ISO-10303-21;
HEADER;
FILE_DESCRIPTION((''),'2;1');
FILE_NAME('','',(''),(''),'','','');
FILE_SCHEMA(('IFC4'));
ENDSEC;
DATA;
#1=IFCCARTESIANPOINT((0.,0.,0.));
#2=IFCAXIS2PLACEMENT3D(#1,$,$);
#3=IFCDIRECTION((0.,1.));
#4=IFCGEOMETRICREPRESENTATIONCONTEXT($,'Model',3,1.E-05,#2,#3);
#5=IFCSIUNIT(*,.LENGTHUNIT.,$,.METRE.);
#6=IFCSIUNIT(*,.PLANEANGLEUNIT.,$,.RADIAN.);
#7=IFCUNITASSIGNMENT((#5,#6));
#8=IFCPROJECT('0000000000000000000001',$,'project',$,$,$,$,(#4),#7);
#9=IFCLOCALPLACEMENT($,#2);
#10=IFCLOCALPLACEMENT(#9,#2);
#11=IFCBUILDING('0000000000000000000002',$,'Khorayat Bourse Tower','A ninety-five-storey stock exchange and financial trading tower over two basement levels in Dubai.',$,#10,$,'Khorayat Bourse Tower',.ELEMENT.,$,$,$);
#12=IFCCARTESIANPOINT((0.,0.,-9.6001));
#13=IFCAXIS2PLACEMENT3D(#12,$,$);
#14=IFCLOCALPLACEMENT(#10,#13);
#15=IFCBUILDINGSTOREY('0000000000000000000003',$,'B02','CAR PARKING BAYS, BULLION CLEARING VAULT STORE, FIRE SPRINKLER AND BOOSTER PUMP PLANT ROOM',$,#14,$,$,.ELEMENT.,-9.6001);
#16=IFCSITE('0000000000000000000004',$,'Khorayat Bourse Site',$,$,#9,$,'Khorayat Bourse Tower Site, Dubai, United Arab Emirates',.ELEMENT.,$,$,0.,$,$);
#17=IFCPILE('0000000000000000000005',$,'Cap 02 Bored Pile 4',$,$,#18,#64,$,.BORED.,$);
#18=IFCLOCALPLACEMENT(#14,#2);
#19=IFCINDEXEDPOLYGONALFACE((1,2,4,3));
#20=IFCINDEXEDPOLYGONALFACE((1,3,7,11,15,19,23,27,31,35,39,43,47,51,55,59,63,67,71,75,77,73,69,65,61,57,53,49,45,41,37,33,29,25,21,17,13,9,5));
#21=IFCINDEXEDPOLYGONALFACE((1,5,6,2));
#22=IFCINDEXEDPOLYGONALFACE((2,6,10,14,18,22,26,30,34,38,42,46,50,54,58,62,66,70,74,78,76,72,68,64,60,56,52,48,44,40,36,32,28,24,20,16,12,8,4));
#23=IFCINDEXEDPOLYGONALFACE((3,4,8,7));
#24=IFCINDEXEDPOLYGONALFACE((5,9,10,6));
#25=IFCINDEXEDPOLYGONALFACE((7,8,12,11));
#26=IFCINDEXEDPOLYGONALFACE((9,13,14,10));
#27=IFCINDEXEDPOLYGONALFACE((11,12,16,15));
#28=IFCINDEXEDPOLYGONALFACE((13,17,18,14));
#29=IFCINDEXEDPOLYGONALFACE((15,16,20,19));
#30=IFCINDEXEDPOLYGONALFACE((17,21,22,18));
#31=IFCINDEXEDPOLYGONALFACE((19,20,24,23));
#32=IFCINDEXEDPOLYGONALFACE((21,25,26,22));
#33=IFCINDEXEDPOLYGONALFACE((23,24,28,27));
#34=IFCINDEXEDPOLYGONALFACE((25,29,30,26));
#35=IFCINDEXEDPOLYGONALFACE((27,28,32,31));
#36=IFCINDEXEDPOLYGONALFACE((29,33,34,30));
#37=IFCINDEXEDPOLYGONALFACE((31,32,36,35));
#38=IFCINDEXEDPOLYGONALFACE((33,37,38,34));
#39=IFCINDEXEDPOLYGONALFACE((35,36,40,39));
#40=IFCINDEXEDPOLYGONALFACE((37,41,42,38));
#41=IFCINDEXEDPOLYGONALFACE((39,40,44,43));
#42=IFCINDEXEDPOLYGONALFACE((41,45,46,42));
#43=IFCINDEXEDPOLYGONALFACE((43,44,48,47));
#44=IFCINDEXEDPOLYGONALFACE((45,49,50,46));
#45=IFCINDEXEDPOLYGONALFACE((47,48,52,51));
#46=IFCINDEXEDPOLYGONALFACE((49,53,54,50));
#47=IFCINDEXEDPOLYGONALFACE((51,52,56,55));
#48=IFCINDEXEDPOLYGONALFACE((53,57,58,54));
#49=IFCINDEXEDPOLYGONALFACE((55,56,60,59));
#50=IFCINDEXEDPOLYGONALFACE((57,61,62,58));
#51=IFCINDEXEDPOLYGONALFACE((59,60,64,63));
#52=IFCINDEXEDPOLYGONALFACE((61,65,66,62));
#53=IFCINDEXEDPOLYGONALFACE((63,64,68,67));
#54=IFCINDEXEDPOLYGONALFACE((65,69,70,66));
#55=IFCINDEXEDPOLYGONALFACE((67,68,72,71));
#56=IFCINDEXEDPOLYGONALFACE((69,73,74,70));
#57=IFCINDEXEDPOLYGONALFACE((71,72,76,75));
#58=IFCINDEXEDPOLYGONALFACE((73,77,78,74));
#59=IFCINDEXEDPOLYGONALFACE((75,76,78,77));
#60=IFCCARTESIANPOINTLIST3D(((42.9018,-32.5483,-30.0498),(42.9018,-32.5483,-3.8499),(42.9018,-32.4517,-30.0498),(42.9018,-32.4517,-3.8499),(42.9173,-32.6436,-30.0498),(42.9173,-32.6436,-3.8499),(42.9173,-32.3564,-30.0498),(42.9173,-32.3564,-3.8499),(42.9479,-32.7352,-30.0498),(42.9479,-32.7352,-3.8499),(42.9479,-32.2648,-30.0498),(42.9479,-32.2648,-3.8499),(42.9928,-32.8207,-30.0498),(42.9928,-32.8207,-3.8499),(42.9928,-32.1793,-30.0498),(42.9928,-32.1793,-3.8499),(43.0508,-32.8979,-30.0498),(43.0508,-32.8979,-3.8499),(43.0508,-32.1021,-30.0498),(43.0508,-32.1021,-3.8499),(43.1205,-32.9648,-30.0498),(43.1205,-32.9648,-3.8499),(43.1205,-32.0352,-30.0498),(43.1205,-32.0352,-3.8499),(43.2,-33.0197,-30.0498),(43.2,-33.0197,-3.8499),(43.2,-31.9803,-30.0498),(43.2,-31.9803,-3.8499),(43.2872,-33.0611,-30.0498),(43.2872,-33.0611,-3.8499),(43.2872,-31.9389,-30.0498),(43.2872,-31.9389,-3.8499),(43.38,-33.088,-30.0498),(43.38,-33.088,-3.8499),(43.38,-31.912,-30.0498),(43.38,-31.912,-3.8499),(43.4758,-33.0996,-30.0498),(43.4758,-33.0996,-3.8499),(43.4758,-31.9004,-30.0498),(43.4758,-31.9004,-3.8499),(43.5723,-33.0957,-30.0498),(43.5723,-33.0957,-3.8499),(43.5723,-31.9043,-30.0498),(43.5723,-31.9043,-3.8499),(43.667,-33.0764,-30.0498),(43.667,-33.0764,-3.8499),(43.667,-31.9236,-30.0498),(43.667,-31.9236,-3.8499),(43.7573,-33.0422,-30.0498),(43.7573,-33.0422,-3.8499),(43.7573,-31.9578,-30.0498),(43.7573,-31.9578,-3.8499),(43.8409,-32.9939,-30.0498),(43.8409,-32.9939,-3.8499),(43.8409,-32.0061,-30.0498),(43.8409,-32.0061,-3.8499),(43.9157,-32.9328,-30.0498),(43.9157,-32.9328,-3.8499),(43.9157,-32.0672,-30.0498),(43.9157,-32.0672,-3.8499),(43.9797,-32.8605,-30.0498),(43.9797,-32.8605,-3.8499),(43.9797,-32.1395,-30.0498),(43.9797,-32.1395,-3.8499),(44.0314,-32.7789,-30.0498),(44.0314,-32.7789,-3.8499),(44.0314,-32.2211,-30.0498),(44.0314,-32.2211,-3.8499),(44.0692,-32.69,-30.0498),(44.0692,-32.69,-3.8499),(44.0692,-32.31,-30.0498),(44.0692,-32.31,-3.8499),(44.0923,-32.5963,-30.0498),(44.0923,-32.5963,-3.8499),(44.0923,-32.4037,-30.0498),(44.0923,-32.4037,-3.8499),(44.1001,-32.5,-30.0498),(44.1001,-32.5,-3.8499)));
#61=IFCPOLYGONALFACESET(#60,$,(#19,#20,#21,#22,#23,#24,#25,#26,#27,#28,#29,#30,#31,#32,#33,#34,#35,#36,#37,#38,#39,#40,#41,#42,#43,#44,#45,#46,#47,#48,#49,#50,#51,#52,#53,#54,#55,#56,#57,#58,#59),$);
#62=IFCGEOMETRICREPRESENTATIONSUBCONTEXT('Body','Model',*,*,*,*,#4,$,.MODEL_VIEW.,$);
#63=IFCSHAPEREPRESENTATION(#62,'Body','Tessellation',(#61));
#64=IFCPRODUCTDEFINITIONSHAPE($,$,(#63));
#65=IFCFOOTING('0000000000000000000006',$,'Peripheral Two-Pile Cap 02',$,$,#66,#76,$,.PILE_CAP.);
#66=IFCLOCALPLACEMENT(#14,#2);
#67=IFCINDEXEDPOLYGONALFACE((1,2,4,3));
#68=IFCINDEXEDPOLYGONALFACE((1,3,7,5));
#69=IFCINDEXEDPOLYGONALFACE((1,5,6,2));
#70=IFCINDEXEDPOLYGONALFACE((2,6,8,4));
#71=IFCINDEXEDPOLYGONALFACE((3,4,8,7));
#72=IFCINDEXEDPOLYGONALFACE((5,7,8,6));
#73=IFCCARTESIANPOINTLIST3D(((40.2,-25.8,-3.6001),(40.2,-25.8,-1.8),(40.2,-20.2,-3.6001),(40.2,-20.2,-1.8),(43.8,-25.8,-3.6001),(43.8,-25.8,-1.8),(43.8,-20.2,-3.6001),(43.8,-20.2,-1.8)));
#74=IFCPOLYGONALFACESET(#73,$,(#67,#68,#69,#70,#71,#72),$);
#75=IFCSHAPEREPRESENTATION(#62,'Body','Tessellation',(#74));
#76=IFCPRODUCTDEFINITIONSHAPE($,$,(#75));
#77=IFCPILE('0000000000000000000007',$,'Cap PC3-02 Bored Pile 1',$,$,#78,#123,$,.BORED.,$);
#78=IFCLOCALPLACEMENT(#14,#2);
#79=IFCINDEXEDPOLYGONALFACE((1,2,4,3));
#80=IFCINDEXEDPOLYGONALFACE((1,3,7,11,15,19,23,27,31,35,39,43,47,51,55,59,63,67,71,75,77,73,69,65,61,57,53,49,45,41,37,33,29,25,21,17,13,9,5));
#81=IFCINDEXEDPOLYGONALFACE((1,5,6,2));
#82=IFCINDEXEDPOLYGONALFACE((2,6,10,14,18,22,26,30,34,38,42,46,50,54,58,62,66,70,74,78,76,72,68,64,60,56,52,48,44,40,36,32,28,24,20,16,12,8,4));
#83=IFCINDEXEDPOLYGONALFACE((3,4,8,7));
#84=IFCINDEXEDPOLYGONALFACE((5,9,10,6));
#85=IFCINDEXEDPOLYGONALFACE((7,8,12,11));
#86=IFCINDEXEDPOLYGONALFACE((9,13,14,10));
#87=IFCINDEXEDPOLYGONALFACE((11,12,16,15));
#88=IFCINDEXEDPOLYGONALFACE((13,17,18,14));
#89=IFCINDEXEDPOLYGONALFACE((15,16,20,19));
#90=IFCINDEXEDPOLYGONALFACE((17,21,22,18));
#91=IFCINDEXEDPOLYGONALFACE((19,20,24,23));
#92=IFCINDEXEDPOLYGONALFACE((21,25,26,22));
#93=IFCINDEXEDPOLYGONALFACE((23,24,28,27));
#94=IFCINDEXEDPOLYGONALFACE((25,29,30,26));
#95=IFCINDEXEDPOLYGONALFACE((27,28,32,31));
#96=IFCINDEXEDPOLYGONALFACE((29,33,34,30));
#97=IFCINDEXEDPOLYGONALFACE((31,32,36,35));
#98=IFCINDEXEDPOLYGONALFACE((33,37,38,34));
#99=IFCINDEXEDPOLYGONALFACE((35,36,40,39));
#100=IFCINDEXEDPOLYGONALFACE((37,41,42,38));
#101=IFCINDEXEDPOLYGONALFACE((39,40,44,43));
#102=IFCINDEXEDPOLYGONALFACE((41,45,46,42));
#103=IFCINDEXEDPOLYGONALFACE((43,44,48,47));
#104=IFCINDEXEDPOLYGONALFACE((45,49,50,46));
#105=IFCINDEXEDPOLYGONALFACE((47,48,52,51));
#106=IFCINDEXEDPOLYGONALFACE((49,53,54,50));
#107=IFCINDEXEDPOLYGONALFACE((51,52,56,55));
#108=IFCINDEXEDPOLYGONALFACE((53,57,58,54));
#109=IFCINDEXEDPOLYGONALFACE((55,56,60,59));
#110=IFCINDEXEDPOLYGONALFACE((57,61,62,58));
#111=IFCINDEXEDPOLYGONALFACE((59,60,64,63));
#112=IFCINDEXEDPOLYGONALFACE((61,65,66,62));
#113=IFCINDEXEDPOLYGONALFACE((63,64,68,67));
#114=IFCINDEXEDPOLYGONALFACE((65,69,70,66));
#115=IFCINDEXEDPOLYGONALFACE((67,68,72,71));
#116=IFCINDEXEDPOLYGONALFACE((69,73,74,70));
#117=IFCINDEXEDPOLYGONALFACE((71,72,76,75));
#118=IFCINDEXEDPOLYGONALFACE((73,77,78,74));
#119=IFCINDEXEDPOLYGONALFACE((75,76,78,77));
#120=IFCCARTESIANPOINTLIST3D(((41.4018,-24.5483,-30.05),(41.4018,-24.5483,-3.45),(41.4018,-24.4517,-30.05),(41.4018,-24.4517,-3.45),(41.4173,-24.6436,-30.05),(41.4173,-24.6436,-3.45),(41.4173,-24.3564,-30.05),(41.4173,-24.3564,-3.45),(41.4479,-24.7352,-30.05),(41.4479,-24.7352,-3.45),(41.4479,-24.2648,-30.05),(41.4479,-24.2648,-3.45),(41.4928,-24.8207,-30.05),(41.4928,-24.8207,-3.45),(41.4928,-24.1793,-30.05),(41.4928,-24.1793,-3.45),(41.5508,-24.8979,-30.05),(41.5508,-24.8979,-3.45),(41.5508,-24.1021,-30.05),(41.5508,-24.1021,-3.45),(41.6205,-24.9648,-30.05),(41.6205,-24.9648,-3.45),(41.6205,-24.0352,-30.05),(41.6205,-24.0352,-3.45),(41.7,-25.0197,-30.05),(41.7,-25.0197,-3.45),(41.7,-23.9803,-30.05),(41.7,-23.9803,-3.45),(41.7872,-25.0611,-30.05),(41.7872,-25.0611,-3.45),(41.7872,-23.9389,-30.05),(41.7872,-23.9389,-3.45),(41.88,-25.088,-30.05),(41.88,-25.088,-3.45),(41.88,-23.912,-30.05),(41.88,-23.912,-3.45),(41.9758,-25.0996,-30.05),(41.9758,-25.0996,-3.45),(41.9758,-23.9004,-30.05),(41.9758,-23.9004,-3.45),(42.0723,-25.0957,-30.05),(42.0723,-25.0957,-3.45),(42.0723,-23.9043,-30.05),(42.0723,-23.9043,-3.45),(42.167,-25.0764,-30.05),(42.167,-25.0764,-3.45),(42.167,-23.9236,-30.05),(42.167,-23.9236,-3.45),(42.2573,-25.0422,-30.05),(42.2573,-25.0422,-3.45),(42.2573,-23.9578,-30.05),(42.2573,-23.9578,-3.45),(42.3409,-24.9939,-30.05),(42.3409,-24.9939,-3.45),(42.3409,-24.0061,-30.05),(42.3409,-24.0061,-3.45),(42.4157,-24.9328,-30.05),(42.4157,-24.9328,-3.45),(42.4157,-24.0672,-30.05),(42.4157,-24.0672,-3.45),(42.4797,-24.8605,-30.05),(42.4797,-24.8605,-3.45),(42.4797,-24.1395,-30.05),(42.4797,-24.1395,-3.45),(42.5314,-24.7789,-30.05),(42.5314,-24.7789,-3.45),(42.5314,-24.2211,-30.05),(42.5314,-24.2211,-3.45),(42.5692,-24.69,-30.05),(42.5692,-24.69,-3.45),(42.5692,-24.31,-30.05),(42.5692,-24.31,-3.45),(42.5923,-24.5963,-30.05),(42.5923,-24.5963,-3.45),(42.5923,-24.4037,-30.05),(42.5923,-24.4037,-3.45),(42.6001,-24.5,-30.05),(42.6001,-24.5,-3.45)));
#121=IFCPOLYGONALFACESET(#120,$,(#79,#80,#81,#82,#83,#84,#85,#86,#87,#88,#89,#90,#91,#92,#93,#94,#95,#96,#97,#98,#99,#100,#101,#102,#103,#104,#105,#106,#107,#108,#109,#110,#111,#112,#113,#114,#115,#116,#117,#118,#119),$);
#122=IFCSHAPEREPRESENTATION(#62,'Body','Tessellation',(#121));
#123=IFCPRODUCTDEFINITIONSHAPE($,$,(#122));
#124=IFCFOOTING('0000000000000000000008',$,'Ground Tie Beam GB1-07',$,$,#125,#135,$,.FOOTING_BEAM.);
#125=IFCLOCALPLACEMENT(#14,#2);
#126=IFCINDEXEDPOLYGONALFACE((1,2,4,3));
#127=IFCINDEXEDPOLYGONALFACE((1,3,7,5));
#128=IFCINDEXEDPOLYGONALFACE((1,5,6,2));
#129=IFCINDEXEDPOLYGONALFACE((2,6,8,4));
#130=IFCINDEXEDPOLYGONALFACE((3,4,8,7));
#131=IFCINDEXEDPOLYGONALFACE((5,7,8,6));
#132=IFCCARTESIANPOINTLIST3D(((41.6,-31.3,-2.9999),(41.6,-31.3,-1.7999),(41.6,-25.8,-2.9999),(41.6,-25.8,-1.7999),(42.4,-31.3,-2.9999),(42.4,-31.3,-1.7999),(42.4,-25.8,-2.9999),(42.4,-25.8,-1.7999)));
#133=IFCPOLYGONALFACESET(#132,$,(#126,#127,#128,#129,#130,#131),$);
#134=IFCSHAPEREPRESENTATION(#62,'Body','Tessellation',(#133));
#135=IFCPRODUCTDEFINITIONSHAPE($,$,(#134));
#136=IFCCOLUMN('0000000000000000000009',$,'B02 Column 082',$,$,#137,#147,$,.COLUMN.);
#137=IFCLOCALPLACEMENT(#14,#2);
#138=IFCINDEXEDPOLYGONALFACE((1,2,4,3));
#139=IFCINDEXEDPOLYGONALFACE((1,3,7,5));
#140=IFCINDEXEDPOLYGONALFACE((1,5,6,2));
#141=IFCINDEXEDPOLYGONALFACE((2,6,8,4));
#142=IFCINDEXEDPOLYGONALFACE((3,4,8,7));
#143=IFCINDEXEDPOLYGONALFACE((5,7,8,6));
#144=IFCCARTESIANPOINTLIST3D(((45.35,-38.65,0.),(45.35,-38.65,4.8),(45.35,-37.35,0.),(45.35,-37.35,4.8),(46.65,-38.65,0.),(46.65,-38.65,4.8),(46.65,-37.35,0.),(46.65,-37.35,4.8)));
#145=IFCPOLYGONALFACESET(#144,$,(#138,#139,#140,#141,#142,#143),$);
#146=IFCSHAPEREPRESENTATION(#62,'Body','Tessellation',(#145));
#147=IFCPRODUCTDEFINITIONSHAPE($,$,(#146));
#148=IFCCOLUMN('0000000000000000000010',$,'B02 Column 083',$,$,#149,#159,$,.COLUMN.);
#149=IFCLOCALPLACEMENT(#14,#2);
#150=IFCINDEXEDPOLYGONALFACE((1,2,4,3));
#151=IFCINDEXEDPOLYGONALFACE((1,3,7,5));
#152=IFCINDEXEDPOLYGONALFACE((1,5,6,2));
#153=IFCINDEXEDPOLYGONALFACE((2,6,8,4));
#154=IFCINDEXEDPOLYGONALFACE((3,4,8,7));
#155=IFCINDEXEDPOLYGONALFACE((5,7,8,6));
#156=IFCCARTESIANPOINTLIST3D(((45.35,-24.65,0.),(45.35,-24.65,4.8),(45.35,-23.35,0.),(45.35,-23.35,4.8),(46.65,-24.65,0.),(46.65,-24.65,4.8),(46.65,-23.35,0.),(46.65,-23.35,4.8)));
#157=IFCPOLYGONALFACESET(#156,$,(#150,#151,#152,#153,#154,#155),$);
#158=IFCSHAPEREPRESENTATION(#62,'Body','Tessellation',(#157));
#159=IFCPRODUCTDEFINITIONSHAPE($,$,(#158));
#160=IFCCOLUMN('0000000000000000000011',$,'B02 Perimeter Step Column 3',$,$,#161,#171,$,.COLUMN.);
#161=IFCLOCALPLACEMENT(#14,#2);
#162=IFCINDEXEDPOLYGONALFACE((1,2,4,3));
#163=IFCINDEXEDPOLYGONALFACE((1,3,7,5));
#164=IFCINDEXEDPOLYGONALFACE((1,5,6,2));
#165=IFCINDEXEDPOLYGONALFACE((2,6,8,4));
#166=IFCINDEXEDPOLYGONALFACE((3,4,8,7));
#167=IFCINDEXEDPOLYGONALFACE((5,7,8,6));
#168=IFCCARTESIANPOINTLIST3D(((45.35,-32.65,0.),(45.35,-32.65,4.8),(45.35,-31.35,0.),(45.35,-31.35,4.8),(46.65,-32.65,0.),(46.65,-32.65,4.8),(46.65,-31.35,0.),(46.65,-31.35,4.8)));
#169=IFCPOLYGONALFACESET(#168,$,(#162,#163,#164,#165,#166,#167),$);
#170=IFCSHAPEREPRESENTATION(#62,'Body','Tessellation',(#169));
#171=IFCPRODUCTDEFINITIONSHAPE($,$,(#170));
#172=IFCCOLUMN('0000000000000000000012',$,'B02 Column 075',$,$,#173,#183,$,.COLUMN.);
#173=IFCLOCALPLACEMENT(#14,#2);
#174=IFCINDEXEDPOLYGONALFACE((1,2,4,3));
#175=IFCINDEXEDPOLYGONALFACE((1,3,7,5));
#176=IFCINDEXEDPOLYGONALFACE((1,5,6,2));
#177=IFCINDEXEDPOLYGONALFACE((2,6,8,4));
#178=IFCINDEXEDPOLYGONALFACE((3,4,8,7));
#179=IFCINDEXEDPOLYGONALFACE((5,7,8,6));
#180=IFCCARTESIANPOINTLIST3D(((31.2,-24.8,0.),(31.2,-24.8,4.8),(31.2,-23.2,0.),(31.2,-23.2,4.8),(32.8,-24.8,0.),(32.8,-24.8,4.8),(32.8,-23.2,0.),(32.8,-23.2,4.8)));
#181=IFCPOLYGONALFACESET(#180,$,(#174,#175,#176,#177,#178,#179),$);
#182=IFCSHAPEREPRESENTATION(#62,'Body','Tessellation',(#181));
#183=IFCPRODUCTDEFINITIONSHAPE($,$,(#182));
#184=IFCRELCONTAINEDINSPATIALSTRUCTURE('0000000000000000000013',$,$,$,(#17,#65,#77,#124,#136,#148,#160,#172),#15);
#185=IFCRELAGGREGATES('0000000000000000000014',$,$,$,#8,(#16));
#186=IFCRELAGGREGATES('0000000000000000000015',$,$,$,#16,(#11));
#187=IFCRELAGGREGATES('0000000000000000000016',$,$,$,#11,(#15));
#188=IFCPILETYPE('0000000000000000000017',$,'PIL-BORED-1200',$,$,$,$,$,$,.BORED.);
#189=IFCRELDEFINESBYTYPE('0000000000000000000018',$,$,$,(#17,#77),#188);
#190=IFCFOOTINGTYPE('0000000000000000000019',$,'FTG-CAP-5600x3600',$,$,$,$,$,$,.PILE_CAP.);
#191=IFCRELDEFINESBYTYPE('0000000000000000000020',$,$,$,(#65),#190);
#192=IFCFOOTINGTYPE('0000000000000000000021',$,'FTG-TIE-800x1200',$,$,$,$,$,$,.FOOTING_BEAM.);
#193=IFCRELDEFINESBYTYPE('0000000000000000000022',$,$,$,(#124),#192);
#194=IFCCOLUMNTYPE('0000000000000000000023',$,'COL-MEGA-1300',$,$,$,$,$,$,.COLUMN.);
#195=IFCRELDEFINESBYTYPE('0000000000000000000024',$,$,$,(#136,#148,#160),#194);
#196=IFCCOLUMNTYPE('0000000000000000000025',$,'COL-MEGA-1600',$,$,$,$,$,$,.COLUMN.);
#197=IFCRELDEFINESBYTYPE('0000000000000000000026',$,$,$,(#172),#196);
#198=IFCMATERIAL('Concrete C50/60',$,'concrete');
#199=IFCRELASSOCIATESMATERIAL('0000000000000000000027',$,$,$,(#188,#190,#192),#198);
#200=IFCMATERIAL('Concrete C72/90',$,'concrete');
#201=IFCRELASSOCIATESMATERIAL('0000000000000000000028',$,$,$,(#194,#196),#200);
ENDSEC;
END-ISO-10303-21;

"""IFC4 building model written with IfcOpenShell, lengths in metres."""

from ifc_helpers import new_model, si_unit, direction, frame, origin, origin_2d, place, context, subcontext, project, spatial, rectangle, circle, extrude, source, transform, mapped, material, material_profile, profile_set, type_object, element, save


model = new_model("IFC4")

# Units and contexts
model_context = context("Model", 3, precision=1e-05, world=origin(), true_north=direction((0.0, 1.0)))
body_context = subcontext(model_context, "Body", "Model", "MODEL_VIEW")
ifc_project = project(units=[si_unit("LENGTHUNIT", "METRE"), si_unit("PLANEANGLEUNIT", "RADIAN")], contexts=[model_context])

# Site, building, storey
site_placement = place(None, origin())
site = spatial("IfcSite", under=ifc_project, at=site_placement, Name="Khorayat Bourse Site", LongName="Khorayat Bourse Tower Site, Dubai, United Arab Emirates", CompositionType="ELEMENT", RefElevation=0.0)
building_placement = place(site_placement, origin())
building = spatial("IfcBuilding", under=site, at=building_placement, Name="Khorayat Bourse Tower", Description="A ninety-five-storey stock exchange and financial trading tower over two basement levels in Dubai.", LongName="Khorayat Bourse Tower", CompositionType="ELEMENT")
storey_placement = place(building_placement, frame((0.0, 0.0, -9.6001)))
storey = spatial("IfcBuildingStorey", under=building, at=storey_placement, Name="B02", Description="CAR PARKING BAYS, BULLION CLEARING VAULT STORE, FIRE SPRINKLER AND BOOSTER PUMP PLANT ROOM", CompositionType="ELEMENT", Elevation=-9.6001)

# Shared definitions
ifc_material_1 = material(Name="Concrete C50/60", Category="concrete")

# Pile
ifc_material_profile_1 = material_profile(ifc_material_1, circle(Radius=0.6001, at=origin_2d()), Name="BORED PILE D1200")
ifc_profile_set_1 = profile_set([ifc_material_profile_1], Name="Concrete C50/60")
pile_type = type_object("IfcPileType", Name="PIL-BORED-1200", PredefinedType="BORED", material=ifc_profile_set_1)
shared_shape_1 = source(origin(), body_context, "Body", "SweptSolid", [
    extrude(circle(Radius=0.6001, at=origin_2d()), origin(), (0.0, 0.0, 1.0), 26.2),
])
for number, where, z_axis, x_axis, name in (
    (1, (43.5, -32.5, -3.8499), (0.0, 0.0, -1.0), (1.0, 0.0, 0.0), "Cap 02 Bored Pile 4"),
):
    element("IfcPile", number, at=place(storey_placement, frame(where, z_axis=z_axis, x_axis=x_axis)), inside=storey, type_object=pile_type, Name=name, PredefinedType="BORED", context=body_context, shape_type="MappedRepresentation", body=[
        mapped(shared_shape_1, transform((0.0, 0.0, 0.0), scale=1.0)),
    ])

# Footing
footing_type_1 = type_object("IfcFootingType", Name="FTG-CAP-5600x3600", PredefinedType="PILE_CAP", material=ifc_material_1)
shared_shape_2 = source(origin(), body_context, "Body", "SweptSolid", [
    extrude(rectangle(XDim=3.6001, YDim=5.6001, at=origin_2d()), origin(), (0.0, 0.0, 1.0), 1.8),
])
footing_1_placement = place(storey_placement, frame((42.0, -23.0, -3.6001), z_axis=(0.0, 0.0, 1.0), x_axis=(1.0, 0.0, 0.0)))
element("IfcFooting", 2, at=footing_1_placement, inside=storey, type_object=footing_type_1, Name="Peripheral Two-Pile Cap 02", PredefinedType="PILE_CAP", context=body_context, shape_type="MappedRepresentation", body=[
    mapped(shared_shape_2, transform((0.0, 0.0, 0.0), scale=1.0)),
])

# Pile
shared_shape_3 = source(origin(), body_context, "Body", "SweptSolid", [
    extrude(circle(Radius=0.6001, at=origin_2d()), origin(), (0.0, 0.0, 1.0), 26.6001),
])
pile_placement = place(storey_placement, frame((42.0, -24.5, -3.45), z_axis=(0.0, 0.0, -1.0), x_axis=(1.0, 0.0, 0.0)))
element("IfcPile", 3, at=pile_placement, inside=storey, type_object=pile_type, Name="Cap PC3-02 Bored Pile 1", PredefinedType="BORED", context=body_context, shape_type="MappedRepresentation", body=[
    mapped(shared_shape_3, transform((0.0, 0.0, 0.0), scale=1.0)),
])

# Footing
ifc_material_profile_2 = material_profile(ifc_material_1, rectangle(XDim=0.8, YDim=1.2, at=origin_2d()), Name="RC 800x1200")
ifc_profile_set_2 = profile_set([ifc_material_profile_2], Name="Concrete C50/60")
footing_type_2 = type_object("IfcFootingType", Name="FTG-TIE-800x1200", PredefinedType="FOOTING_BEAM", material=ifc_profile_set_2)
shared_shape_4 = source(origin(), body_context, "Body", "SweptSolid", [
    extrude(rectangle(XDim=0.8, YDim=1.2, at=origin_2d()), origin(), (0.0, 0.0, 1.0), 5.5),
])
footing_2_placement = place(storey_placement, frame((42.0, -31.3, -2.3999), z_axis=(0.0, 1.0, 0.0), x_axis=(-1.0, 0.0, 0.0)))
element("IfcFooting", 4, at=footing_2_placement, inside=storey, type_object=footing_type_2, Name="Ground Tie Beam GB1-07", PredefinedType="FOOTING_BEAM", context=body_context, shape_type="MappedRepresentation", body=[
    mapped(shared_shape_4, transform((0.0, 0.0, 0.0), scale=1.0)),
])

# Columns
ifc_material_2 = material(Name="Concrete C72/90", Category="concrete")
ifc_material_profile_3 = material_profile(ifc_material_2, rectangle(XDim=1.3, YDim=1.3, at=origin_2d()), Name="RC 1300x1300")
ifc_profile_set_3 = profile_set([ifc_material_profile_3], Name="Concrete C72/90")
column_type_1 = type_object("IfcColumnType", Name="COL-MEGA-1300", PredefinedType="COLUMN", material=ifc_profile_set_3)
shared_shape_5 = source(origin(), body_context, "Body", "SweptSolid", [
    extrude(rectangle(XDim=1.3, YDim=1.3, at=origin_2d()), origin(), (0.0, 0.0, 1.0), 4.8),
])
for number, where, z_axis, x_axis, name in (
    (5, (46.0, -38.0, 0.0), (0.0, 0.0, 1.0), (1.0, 0.0, 0.0), "B02 Column 082"),
    (6, (46.0, -24.0, 0.0), (0.0, 0.0, 1.0), (1.0, 0.0, 0.0), "B02 Column 083"),
    (7, (46.0, -32.0, 0.0), (0.0, 0.0, 1.0), (1.0, 0.0, 0.0), "B02 Perimeter Step Column 3"),
):
    element("IfcColumn", number, at=place(storey_placement, frame(where, z_axis=z_axis, x_axis=x_axis)), inside=storey, type_object=column_type_1, Name=name, PredefinedType="COLUMN", context=body_context, shape_type="MappedRepresentation", body=[
        mapped(shared_shape_5, transform((0.0, 0.0, 0.0), scale=1.0)),
    ])
ifc_material_profile_4 = material_profile(ifc_material_2, rectangle(XDim=1.6001, YDim=1.6001, at=origin_2d()), Name="RC 1600x1600")
ifc_profile_set_4 = profile_set([ifc_material_profile_4], Name="Concrete C72/90")
column_type_2 = type_object("IfcColumnType", Name="COL-MEGA-1600", PredefinedType="COLUMN", material=ifc_profile_set_4)
shared_shape_6 = source(origin(), body_context, "Body", "SweptSolid", [
    extrude(rectangle(XDim=1.6001, YDim=1.6001, at=origin_2d()), origin(), (0.0, 0.0, 1.0), 4.8),
])
column_placement = place(storey_placement, frame((32.0, -24.0, 0.0), z_axis=(0.0, 0.0, 1.0), x_axis=(1.0, 0.0, 0.0)))
element("IfcColumn", 8, at=column_placement, inside=storey, type_object=column_type_2, Name="B02 Column 075", PredefinedType="COLUMN", context=body_context, shape_type="MappedRepresentation", body=[
    mapped(shared_shape_6, transform((0.0, 0.0, 0.0), scale=1.0)),
])

save(model, "model.ifc")
